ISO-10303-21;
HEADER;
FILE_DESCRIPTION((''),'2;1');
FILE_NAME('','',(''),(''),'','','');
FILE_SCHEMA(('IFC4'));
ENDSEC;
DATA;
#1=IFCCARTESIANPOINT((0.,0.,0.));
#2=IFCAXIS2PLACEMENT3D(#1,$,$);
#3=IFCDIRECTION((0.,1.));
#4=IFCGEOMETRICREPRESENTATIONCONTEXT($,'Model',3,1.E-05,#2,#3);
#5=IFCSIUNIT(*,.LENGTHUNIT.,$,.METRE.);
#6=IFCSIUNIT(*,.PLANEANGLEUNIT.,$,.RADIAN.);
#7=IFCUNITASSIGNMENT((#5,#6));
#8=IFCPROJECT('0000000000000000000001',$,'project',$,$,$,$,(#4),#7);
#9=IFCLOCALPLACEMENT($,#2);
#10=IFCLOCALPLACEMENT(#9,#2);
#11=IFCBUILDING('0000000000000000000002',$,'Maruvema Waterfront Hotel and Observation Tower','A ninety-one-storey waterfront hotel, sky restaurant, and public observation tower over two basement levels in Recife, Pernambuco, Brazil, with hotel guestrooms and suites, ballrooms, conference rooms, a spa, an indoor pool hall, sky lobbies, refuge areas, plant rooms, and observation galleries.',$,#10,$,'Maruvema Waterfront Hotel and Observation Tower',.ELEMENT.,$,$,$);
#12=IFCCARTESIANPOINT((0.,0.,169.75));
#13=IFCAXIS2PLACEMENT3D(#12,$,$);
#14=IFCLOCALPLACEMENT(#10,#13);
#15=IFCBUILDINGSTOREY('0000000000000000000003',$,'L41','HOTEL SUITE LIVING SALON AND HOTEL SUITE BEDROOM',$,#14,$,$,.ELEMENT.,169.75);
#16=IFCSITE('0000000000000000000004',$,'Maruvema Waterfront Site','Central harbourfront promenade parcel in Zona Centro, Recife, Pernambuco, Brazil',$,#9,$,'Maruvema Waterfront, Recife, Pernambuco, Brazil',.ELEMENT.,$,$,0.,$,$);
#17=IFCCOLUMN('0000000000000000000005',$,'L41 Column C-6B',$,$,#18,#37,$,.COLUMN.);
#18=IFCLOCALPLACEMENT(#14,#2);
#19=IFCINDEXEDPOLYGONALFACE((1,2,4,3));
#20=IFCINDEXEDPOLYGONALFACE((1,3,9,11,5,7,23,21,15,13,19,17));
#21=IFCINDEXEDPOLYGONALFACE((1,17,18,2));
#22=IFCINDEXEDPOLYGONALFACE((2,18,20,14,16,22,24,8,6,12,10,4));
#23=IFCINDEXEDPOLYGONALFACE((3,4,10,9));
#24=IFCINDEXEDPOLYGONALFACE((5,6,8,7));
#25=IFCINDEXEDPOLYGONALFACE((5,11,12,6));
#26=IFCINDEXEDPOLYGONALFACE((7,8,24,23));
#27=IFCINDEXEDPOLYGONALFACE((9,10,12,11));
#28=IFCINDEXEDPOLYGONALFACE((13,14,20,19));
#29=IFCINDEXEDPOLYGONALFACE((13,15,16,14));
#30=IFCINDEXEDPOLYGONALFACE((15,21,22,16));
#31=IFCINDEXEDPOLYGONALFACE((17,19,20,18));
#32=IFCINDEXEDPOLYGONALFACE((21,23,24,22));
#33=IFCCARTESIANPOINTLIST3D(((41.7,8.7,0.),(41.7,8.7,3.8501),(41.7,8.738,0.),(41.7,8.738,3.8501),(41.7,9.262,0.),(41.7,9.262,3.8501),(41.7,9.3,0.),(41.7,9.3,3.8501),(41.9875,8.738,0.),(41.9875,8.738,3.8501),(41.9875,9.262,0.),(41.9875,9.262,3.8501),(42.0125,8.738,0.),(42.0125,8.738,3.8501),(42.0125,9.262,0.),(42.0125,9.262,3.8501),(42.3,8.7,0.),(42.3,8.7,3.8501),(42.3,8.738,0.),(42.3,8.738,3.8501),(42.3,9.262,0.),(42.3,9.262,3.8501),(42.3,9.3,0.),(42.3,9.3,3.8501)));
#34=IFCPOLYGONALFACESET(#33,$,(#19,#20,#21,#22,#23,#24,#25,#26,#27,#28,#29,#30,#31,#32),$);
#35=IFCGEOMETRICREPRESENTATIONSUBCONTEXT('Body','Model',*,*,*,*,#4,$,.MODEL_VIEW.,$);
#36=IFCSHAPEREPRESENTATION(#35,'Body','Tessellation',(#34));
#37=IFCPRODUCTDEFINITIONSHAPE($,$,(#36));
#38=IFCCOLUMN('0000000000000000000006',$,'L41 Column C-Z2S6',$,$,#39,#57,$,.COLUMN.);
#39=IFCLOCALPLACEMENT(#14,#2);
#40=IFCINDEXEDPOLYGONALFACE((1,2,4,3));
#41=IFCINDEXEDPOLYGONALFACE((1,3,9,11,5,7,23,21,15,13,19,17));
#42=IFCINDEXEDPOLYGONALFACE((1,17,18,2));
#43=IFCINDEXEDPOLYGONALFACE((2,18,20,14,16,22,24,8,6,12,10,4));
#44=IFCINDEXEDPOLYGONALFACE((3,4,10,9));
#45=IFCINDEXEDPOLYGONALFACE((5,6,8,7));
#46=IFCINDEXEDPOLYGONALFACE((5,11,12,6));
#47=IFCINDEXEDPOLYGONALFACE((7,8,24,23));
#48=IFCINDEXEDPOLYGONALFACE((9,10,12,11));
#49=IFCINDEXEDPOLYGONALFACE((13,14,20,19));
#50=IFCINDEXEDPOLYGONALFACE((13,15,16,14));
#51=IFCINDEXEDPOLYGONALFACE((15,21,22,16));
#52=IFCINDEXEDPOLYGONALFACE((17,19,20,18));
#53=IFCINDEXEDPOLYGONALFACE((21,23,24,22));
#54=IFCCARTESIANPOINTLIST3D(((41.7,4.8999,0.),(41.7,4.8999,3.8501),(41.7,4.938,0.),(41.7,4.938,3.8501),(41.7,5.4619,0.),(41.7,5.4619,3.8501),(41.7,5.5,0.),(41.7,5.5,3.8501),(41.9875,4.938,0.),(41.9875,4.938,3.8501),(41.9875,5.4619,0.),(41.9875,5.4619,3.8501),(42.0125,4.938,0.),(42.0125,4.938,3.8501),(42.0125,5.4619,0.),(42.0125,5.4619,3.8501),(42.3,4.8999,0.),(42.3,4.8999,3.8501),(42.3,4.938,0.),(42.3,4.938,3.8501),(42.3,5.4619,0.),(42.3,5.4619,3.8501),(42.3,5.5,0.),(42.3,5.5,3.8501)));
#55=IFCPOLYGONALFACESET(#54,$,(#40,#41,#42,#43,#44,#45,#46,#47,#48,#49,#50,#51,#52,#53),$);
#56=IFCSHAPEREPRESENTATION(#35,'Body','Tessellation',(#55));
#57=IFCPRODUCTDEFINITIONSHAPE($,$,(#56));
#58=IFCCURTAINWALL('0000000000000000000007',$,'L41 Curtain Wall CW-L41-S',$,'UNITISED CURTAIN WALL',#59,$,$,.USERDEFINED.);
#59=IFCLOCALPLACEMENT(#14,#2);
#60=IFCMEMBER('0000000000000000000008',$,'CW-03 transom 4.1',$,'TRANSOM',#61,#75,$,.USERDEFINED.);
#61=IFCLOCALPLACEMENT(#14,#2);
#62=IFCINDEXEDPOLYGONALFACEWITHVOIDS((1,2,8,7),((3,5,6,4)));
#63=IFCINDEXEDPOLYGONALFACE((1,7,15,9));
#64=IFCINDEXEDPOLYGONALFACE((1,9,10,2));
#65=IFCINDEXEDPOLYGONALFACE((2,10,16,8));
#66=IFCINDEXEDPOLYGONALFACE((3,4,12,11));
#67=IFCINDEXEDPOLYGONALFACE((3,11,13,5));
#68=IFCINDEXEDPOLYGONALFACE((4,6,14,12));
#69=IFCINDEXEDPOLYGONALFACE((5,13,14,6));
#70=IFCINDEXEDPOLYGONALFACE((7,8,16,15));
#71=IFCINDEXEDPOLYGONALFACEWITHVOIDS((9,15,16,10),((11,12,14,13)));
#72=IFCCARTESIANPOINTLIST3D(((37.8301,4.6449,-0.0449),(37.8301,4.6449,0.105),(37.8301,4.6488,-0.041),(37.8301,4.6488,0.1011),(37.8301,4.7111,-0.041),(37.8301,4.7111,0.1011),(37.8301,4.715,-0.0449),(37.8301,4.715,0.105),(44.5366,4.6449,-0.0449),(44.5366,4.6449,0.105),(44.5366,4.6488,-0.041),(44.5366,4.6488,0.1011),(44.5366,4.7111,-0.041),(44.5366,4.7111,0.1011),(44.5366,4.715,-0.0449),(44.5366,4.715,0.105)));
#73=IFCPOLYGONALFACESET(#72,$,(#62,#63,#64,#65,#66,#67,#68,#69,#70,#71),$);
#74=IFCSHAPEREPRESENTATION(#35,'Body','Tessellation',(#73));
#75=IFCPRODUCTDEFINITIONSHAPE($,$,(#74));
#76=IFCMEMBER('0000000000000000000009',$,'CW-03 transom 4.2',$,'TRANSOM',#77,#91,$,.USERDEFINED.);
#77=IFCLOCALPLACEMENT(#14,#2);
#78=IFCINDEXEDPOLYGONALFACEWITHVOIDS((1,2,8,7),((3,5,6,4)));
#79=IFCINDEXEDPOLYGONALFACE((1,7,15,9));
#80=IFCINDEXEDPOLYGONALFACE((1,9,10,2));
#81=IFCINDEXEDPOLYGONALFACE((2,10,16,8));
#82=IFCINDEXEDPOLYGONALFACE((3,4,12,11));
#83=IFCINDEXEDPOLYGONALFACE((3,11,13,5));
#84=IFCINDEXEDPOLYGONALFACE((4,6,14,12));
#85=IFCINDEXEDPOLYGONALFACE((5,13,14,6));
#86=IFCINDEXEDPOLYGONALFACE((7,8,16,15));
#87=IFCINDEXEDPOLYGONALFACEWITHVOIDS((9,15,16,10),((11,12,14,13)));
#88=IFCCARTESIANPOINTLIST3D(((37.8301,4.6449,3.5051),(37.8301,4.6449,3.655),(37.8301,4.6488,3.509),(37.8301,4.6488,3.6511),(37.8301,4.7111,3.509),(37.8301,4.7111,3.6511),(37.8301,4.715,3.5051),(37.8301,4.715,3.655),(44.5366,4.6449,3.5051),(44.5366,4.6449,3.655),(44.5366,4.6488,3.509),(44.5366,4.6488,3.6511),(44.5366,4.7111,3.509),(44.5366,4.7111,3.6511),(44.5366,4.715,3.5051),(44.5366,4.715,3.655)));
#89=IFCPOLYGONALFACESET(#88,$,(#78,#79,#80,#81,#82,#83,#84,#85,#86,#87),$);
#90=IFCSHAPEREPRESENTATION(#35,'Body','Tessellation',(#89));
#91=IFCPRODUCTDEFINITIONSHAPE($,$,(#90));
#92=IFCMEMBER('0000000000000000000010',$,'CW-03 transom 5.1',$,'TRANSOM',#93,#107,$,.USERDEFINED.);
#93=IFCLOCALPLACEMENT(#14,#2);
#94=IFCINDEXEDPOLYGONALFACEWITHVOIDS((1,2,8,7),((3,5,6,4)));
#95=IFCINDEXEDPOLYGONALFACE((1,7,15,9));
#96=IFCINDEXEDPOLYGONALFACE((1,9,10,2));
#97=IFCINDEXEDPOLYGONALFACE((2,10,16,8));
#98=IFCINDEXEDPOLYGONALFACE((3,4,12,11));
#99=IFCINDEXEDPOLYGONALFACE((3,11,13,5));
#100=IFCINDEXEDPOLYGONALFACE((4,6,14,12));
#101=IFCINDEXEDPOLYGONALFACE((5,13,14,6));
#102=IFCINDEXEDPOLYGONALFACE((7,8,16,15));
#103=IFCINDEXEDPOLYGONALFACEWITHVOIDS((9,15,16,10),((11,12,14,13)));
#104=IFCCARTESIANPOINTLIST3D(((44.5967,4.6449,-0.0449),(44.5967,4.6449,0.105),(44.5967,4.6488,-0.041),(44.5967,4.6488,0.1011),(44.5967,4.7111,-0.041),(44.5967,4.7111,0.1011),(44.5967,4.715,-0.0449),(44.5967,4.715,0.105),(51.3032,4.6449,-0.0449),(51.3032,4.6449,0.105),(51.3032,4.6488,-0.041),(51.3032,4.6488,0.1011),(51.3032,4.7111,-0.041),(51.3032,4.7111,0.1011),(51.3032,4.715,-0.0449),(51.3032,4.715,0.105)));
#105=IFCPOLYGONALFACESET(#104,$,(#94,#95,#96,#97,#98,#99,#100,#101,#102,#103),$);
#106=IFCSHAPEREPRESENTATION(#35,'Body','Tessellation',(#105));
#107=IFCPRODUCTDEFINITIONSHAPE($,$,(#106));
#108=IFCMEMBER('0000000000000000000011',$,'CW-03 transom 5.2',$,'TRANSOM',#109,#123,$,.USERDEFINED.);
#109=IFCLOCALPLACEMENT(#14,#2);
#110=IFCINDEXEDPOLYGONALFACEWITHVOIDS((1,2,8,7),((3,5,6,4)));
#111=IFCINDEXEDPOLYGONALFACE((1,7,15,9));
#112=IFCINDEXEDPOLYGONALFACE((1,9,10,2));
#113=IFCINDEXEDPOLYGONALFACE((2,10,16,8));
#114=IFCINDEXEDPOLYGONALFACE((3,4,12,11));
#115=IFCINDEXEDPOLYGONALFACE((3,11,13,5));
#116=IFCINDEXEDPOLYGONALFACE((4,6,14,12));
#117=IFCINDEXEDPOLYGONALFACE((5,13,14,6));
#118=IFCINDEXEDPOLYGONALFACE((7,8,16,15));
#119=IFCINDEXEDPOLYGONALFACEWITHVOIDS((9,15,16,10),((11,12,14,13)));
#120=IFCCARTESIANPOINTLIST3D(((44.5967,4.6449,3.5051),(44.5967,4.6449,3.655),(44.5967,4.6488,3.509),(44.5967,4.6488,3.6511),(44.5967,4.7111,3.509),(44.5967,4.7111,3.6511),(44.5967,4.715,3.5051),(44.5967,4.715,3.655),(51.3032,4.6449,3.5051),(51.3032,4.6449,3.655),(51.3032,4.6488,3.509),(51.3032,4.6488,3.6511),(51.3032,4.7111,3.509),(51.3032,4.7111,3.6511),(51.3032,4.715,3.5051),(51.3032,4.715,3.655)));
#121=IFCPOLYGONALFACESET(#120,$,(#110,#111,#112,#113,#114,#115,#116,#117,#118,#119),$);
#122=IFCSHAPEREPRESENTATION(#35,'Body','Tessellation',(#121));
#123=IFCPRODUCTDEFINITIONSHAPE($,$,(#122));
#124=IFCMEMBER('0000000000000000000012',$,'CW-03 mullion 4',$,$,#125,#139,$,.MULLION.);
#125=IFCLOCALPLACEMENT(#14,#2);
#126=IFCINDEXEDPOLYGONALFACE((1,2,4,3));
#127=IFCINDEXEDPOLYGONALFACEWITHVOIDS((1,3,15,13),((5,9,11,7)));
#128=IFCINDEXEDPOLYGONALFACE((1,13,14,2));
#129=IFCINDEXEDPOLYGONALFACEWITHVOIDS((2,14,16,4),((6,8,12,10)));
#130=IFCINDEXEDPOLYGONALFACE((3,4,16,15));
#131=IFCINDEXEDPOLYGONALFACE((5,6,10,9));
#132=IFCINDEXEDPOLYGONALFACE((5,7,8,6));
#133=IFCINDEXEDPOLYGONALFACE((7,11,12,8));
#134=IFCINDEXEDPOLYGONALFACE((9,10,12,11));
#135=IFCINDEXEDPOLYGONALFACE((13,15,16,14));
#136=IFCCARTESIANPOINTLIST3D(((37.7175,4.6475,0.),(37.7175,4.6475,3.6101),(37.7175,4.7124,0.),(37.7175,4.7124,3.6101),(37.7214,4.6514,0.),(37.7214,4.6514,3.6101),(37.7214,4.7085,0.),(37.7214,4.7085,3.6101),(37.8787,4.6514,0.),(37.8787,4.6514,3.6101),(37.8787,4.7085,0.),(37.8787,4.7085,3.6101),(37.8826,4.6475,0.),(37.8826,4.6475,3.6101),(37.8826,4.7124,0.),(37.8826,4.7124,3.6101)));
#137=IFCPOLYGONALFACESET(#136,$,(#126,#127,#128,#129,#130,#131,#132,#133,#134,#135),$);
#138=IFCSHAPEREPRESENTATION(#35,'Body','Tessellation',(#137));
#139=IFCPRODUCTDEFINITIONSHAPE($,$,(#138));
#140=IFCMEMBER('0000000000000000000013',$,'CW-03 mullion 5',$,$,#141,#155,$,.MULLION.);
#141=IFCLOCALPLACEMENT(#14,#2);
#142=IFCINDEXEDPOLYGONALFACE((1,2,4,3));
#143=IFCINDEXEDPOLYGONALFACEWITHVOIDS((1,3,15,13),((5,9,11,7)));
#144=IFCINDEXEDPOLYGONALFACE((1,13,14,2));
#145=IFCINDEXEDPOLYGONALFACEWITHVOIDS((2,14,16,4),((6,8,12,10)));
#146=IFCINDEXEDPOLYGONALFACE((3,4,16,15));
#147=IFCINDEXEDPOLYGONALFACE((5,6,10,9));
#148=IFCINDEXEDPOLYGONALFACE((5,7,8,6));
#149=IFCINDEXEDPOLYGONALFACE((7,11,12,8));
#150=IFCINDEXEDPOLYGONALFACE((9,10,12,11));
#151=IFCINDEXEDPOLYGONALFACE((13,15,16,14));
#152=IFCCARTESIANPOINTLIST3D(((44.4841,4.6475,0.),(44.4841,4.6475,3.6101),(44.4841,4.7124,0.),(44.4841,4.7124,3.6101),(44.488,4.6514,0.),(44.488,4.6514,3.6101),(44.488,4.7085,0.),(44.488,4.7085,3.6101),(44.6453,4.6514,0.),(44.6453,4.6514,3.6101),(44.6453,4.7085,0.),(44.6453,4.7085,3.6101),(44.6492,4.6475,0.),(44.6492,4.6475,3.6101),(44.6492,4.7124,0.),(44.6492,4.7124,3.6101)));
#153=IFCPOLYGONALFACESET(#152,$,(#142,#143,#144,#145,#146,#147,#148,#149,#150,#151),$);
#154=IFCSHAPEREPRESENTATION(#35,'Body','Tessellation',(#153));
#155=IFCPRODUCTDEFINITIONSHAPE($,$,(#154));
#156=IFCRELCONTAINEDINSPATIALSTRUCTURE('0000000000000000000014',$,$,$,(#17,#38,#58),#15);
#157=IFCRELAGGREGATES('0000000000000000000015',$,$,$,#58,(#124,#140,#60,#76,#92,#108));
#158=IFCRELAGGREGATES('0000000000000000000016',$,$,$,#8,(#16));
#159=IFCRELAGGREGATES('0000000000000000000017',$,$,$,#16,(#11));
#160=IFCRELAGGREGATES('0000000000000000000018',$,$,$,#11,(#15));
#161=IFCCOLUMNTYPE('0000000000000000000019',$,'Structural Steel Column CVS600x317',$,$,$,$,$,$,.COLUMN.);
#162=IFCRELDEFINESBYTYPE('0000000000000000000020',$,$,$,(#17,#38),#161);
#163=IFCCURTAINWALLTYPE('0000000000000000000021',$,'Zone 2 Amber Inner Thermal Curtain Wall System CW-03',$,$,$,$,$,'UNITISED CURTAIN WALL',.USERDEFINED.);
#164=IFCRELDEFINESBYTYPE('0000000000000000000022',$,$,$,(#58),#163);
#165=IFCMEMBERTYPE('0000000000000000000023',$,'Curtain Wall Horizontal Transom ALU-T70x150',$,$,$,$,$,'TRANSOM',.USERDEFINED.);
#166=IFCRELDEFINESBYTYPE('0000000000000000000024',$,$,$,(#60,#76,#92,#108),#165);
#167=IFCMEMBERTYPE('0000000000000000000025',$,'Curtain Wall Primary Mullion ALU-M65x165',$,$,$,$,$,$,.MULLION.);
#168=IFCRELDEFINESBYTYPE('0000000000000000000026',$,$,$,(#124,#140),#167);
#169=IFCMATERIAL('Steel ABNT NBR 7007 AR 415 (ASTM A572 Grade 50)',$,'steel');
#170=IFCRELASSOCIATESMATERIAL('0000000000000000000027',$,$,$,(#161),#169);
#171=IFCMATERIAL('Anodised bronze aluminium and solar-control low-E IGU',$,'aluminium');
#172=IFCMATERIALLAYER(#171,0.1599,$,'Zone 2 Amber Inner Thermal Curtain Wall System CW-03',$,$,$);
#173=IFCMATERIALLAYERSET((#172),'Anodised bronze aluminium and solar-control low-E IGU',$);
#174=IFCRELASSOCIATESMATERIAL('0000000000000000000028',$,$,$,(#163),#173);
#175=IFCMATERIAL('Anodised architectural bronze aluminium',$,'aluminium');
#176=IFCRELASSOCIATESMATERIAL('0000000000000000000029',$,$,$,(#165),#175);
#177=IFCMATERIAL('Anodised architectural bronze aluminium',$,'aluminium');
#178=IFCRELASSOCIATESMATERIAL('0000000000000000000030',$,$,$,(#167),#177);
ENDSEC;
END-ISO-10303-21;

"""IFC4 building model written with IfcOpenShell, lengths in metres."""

from ifc_helpers import new_model, si_unit, direction, frame, origin, origin_2d, place, context, subcontext, project, spatial, hollow_rectangle, i_section, extrude, material, layer, layer_set, material_profile, profile_set, type_object, element, aggregate, save


model = new_model("IFC4")

# Units and contexts
model_context = context("Model", 3, precision=1e-05, world=origin(), true_north=direction((0.0, 1.0)))
body_context = subcontext(model_context, "Body", "Model", "MODEL_VIEW")
ifc_project = project(units=[si_unit("LENGTHUNIT", "METRE"), si_unit("PLANEANGLEUNIT", "RADIAN")], contexts=[model_context])

# Site, building, storey
site_placement = place(None, origin())
site = spatial("IfcSite", under=ifc_project, at=site_placement, Name="Maruvema Waterfront Site", Description="Central harbourfront promenade parcel in Zona Centro, Recife, Pernambuco, Brazil", LongName="Maruvema Waterfront, Recife, Pernambuco, Brazil", CompositionType="ELEMENT", RefElevation=0.0)
building_placement = place(site_placement, origin())
building = spatial("IfcBuilding", under=site, at=building_placement, Name="Maruvema Waterfront Hotel and Observation Tower", Description="A ninety-one-storey waterfront hotel, sky restaurant, and public observation tower over two basement levels in Recife, Pernambuco, Brazil, with hotel guestrooms and suites, ballrooms, conference rooms, a spa, an indoor pool hall, sky lobbies, refuge areas, plant rooms, and observation galleries.", LongName="Maruvema Waterfront Hotel and Observation Tower", CompositionType="ELEMENT")
storey_placement = place(building_placement, frame((0.0, 0.0, 169.75)))
storey = spatial("IfcBuildingStorey", under=building, at=storey_placement, Name="L41", Description="HOTEL SUITE LIVING SALON AND HOTEL SUITE BEDROOM", CompositionType="ELEMENT", Elevation=169.75)

# Columns
ifc_material_1 = material(Name="Steel ABNT NBR 7007 AR 415 (ASTM A572 Grade 50)", Category="steel")
ifc_material_profile_1 = material_profile(ifc_material_1, i_section(OverallWidth=0.6001, OverallDepth=0.6001, WebThickness=0.0249, FlangeThickness=0.0381, at=origin_2d()), Name="CVS600x317")
ifc_profile_set_1 = profile_set([ifc_material_profile_1], Name="Steel ABNT NBR 7007 AR 415 (ASTM A572 Grade 50)")
column_type = type_object("IfcColumnType", Name="Structural Steel Column CVS600x317", PredefinedType="COLUMN", material=ifc_profile_set_1)
for number, where, z_axis, x_axis, name in (
    (1, (42.0, 9.0, 0.0), (0.0, 0.0, 1.0), (1.0, 0.0, 0.0), "L41 Column C-6B"),
    (2, (42.0, 5.2, 0.0), (0.0, 0.0, 1.0), (1.0, 0.0, 0.0), "L41 Column C-Z2S6"),
):
    element("IfcColumn", number, at=place(storey_placement, frame(where, z_axis=z_axis, x_axis=x_axis)), inside=storey, type_object=column_type, Name=name, PredefinedType="COLUMN", context=body_context, shape_type="SweptSolid", body=[
        extrude(i_section(OverallWidth=0.6001, OverallDepth=0.6001, WebThickness=0.0249, FlangeThickness=0.0381, at=origin_2d()), origin(), (0.0, 0.0, 1.0), 3.8501),
    ])

# Curtain wall, members
ifc_material_2 = material(Name="Anodised bronze aluminium and solar-control low-E IGU", Category="aluminium")
ifc_layer_1 = layer(ifc_material_2, 0.1599, Name="Zone 2 Amber Inner Thermal Curtain Wall System CW-03")
ifc_layer_set_1 = layer_set([ifc_layer_1], Name="Anodised bronze aluminium and solar-control low-E IGU")
curtain_wall_type = type_object("IfcCurtainWallType", Name="Zone 2 Amber Inner Thermal Curtain Wall System CW-03", ElementType="UNITISED CURTAIN WALL", PredefinedType="USERDEFINED", material=ifc_layer_set_1)
curtain_wall_placement = place(storey_placement, origin())
curtain_wall = element("IfcCurtainWall", 3, at=curtain_wall_placement, inside=storey, type_object=curtain_wall_type, Name="L41 Curtain Wall CW-L41-S", ObjectType="UNITISED CURTAIN WALL", PredefinedType="USERDEFINED")
ifc_material_3 = material(Name="Anodised architectural bronze aluminium", Category="aluminium")
ifc_material_profile_2 = material_profile(ifc_material_3, hollow_rectangle(XDim=0.0701, YDim=0.1499, WallThickness=0.0039, at=origin_2d()), Name="ALU-T70x150")
ifc_profile_set_2 = profile_set([ifc_material_profile_2], Name="Anodised architectural bronze aluminium")
member_type_1 = type_object("IfcMemberType", Name="Curtain Wall Horizontal Transom ALU-T70x150", ElementType="TRANSOM", PredefinedType="USERDEFINED", material=ifc_profile_set_2)
member_1_placement = place(storey_placement, frame((37.8301, 4.6799, 0.03), z_axis=(1.0, 0.0, 0.0), x_axis=(0.0, 1.0, 0.0)))
member_1 = element("IfcMember", 4, at=member_1_placement, type_object=member_type_1, Name="CW-03 transom 4.1", ObjectType="TRANSOM", PredefinedType="USERDEFINED", context=body_context, shape_type="SweptSolid", body=[
    extrude(hollow_rectangle(XDim=0.0701, YDim=0.1499, WallThickness=0.0039, at=origin_2d()), origin(), (0.0, 0.0, 1.0), 6.7065),
])
member_2_placement = place(storey_placement, frame((37.8301, 4.6799, 3.5801), z_axis=(1.0, 0.0, 0.0), x_axis=(0.0, 1.0, 0.0)))
member_2 = element("IfcMember", 5, at=member_2_placement, type_object=member_type_1, Name="CW-03 transom 4.2", ObjectType="TRANSOM", PredefinedType="USERDEFINED", context=body_context, shape_type="SweptSolid", body=[
    extrude(hollow_rectangle(XDim=0.0701, YDim=0.1499, WallThickness=0.0039, at=origin_2d()), origin(), (0.0, 0.0, 1.0), 6.7065),
])
member_3_placement = place(storey_placement, frame((44.5967, 4.6799, 0.03), z_axis=(1.0, 0.0, 0.0), x_axis=(0.0, 1.0, 0.0)))
member_3 = element("IfcMember", 6, at=member_3_placement, type_object=member_type_1, Name="CW-03 transom 5.1", ObjectType="TRANSOM", PredefinedType="USERDEFINED", context=body_context, shape_type="SweptSolid", body=[
    extrude(hollow_rectangle(XDim=0.0701, YDim=0.1499, WallThickness=0.0039, at=origin_2d()), origin(), (0.0, 0.0, 1.0), 6.7065),
])
member_4_placement = place(storey_placement, frame((44.5967, 4.6799, 3.5801), z_axis=(1.0, 0.0, 0.0), x_axis=(0.0, 1.0, 0.0)))
member_4 = element("IfcMember", 7, at=member_4_placement, type_object=member_type_1, Name="CW-03 transom 5.2", ObjectType="TRANSOM", PredefinedType="USERDEFINED", context=body_context, shape_type="SweptSolid", body=[
    extrude(hollow_rectangle(XDim=0.0701, YDim=0.1499, WallThickness=0.0039, at=origin_2d()), origin(), (0.0, 0.0, 1.0), 6.7065),
])
ifc_material_4 = material(Name="Anodised architectural bronze aluminium", Category="aluminium")
ifc_material_profile_3 = material_profile(ifc_material_4, hollow_rectangle(XDim=0.0649, YDim=0.165, WallThickness=0.0039, at=origin_2d()), Name="ALU-M65x165")
ifc_profile_set_3 = profile_set([ifc_material_profile_3], Name="Anodised architectural bronze aluminium")
member_type_2 = type_object("IfcMemberType", Name="Curtain Wall Primary Mullion ALU-M65x165", PredefinedType="MULLION", material=ifc_profile_set_3)
member_5_placement = place(storey_placement, frame((37.8, 4.6799, 0.0), z_axis=(0.0, 0.0, 1.0), x_axis=(0.0, 1.0, 0.0)))
member_5 = element("IfcMember", 8, at=member_5_placement, type_object=member_type_2, Name="CW-03 mullion 4", PredefinedType="MULLION", context=body_context, shape_type="SweptSolid", body=[
    extrude(hollow_rectangle(XDim=0.0649, YDim=0.165, WallThickness=0.0039, at=origin_2d()), origin(), (0.0, 0.0, 1.0), 3.6101),
])
member_6_placement = place(storey_placement, frame((44.5667, 4.6799, 0.0), z_axis=(0.0, 0.0, 1.0), x_axis=(0.0, 1.0, 0.0)))
member_6 = element("IfcMember", 9, at=member_6_placement, type_object=member_type_2, Name="CW-03 mullion 5", PredefinedType="MULLION", context=body_context, shape_type="SweptSolid", body=[
    extrude(hollow_rectangle(XDim=0.0649, YDim=0.165, WallThickness=0.0039, at=origin_2d()), origin(), (0.0, 0.0, 1.0), 3.6101),
])

aggregate(curtain_wall, [member_5, member_6, member_1, member_2, member_3, member_4])

save(model, "model.ifc")
